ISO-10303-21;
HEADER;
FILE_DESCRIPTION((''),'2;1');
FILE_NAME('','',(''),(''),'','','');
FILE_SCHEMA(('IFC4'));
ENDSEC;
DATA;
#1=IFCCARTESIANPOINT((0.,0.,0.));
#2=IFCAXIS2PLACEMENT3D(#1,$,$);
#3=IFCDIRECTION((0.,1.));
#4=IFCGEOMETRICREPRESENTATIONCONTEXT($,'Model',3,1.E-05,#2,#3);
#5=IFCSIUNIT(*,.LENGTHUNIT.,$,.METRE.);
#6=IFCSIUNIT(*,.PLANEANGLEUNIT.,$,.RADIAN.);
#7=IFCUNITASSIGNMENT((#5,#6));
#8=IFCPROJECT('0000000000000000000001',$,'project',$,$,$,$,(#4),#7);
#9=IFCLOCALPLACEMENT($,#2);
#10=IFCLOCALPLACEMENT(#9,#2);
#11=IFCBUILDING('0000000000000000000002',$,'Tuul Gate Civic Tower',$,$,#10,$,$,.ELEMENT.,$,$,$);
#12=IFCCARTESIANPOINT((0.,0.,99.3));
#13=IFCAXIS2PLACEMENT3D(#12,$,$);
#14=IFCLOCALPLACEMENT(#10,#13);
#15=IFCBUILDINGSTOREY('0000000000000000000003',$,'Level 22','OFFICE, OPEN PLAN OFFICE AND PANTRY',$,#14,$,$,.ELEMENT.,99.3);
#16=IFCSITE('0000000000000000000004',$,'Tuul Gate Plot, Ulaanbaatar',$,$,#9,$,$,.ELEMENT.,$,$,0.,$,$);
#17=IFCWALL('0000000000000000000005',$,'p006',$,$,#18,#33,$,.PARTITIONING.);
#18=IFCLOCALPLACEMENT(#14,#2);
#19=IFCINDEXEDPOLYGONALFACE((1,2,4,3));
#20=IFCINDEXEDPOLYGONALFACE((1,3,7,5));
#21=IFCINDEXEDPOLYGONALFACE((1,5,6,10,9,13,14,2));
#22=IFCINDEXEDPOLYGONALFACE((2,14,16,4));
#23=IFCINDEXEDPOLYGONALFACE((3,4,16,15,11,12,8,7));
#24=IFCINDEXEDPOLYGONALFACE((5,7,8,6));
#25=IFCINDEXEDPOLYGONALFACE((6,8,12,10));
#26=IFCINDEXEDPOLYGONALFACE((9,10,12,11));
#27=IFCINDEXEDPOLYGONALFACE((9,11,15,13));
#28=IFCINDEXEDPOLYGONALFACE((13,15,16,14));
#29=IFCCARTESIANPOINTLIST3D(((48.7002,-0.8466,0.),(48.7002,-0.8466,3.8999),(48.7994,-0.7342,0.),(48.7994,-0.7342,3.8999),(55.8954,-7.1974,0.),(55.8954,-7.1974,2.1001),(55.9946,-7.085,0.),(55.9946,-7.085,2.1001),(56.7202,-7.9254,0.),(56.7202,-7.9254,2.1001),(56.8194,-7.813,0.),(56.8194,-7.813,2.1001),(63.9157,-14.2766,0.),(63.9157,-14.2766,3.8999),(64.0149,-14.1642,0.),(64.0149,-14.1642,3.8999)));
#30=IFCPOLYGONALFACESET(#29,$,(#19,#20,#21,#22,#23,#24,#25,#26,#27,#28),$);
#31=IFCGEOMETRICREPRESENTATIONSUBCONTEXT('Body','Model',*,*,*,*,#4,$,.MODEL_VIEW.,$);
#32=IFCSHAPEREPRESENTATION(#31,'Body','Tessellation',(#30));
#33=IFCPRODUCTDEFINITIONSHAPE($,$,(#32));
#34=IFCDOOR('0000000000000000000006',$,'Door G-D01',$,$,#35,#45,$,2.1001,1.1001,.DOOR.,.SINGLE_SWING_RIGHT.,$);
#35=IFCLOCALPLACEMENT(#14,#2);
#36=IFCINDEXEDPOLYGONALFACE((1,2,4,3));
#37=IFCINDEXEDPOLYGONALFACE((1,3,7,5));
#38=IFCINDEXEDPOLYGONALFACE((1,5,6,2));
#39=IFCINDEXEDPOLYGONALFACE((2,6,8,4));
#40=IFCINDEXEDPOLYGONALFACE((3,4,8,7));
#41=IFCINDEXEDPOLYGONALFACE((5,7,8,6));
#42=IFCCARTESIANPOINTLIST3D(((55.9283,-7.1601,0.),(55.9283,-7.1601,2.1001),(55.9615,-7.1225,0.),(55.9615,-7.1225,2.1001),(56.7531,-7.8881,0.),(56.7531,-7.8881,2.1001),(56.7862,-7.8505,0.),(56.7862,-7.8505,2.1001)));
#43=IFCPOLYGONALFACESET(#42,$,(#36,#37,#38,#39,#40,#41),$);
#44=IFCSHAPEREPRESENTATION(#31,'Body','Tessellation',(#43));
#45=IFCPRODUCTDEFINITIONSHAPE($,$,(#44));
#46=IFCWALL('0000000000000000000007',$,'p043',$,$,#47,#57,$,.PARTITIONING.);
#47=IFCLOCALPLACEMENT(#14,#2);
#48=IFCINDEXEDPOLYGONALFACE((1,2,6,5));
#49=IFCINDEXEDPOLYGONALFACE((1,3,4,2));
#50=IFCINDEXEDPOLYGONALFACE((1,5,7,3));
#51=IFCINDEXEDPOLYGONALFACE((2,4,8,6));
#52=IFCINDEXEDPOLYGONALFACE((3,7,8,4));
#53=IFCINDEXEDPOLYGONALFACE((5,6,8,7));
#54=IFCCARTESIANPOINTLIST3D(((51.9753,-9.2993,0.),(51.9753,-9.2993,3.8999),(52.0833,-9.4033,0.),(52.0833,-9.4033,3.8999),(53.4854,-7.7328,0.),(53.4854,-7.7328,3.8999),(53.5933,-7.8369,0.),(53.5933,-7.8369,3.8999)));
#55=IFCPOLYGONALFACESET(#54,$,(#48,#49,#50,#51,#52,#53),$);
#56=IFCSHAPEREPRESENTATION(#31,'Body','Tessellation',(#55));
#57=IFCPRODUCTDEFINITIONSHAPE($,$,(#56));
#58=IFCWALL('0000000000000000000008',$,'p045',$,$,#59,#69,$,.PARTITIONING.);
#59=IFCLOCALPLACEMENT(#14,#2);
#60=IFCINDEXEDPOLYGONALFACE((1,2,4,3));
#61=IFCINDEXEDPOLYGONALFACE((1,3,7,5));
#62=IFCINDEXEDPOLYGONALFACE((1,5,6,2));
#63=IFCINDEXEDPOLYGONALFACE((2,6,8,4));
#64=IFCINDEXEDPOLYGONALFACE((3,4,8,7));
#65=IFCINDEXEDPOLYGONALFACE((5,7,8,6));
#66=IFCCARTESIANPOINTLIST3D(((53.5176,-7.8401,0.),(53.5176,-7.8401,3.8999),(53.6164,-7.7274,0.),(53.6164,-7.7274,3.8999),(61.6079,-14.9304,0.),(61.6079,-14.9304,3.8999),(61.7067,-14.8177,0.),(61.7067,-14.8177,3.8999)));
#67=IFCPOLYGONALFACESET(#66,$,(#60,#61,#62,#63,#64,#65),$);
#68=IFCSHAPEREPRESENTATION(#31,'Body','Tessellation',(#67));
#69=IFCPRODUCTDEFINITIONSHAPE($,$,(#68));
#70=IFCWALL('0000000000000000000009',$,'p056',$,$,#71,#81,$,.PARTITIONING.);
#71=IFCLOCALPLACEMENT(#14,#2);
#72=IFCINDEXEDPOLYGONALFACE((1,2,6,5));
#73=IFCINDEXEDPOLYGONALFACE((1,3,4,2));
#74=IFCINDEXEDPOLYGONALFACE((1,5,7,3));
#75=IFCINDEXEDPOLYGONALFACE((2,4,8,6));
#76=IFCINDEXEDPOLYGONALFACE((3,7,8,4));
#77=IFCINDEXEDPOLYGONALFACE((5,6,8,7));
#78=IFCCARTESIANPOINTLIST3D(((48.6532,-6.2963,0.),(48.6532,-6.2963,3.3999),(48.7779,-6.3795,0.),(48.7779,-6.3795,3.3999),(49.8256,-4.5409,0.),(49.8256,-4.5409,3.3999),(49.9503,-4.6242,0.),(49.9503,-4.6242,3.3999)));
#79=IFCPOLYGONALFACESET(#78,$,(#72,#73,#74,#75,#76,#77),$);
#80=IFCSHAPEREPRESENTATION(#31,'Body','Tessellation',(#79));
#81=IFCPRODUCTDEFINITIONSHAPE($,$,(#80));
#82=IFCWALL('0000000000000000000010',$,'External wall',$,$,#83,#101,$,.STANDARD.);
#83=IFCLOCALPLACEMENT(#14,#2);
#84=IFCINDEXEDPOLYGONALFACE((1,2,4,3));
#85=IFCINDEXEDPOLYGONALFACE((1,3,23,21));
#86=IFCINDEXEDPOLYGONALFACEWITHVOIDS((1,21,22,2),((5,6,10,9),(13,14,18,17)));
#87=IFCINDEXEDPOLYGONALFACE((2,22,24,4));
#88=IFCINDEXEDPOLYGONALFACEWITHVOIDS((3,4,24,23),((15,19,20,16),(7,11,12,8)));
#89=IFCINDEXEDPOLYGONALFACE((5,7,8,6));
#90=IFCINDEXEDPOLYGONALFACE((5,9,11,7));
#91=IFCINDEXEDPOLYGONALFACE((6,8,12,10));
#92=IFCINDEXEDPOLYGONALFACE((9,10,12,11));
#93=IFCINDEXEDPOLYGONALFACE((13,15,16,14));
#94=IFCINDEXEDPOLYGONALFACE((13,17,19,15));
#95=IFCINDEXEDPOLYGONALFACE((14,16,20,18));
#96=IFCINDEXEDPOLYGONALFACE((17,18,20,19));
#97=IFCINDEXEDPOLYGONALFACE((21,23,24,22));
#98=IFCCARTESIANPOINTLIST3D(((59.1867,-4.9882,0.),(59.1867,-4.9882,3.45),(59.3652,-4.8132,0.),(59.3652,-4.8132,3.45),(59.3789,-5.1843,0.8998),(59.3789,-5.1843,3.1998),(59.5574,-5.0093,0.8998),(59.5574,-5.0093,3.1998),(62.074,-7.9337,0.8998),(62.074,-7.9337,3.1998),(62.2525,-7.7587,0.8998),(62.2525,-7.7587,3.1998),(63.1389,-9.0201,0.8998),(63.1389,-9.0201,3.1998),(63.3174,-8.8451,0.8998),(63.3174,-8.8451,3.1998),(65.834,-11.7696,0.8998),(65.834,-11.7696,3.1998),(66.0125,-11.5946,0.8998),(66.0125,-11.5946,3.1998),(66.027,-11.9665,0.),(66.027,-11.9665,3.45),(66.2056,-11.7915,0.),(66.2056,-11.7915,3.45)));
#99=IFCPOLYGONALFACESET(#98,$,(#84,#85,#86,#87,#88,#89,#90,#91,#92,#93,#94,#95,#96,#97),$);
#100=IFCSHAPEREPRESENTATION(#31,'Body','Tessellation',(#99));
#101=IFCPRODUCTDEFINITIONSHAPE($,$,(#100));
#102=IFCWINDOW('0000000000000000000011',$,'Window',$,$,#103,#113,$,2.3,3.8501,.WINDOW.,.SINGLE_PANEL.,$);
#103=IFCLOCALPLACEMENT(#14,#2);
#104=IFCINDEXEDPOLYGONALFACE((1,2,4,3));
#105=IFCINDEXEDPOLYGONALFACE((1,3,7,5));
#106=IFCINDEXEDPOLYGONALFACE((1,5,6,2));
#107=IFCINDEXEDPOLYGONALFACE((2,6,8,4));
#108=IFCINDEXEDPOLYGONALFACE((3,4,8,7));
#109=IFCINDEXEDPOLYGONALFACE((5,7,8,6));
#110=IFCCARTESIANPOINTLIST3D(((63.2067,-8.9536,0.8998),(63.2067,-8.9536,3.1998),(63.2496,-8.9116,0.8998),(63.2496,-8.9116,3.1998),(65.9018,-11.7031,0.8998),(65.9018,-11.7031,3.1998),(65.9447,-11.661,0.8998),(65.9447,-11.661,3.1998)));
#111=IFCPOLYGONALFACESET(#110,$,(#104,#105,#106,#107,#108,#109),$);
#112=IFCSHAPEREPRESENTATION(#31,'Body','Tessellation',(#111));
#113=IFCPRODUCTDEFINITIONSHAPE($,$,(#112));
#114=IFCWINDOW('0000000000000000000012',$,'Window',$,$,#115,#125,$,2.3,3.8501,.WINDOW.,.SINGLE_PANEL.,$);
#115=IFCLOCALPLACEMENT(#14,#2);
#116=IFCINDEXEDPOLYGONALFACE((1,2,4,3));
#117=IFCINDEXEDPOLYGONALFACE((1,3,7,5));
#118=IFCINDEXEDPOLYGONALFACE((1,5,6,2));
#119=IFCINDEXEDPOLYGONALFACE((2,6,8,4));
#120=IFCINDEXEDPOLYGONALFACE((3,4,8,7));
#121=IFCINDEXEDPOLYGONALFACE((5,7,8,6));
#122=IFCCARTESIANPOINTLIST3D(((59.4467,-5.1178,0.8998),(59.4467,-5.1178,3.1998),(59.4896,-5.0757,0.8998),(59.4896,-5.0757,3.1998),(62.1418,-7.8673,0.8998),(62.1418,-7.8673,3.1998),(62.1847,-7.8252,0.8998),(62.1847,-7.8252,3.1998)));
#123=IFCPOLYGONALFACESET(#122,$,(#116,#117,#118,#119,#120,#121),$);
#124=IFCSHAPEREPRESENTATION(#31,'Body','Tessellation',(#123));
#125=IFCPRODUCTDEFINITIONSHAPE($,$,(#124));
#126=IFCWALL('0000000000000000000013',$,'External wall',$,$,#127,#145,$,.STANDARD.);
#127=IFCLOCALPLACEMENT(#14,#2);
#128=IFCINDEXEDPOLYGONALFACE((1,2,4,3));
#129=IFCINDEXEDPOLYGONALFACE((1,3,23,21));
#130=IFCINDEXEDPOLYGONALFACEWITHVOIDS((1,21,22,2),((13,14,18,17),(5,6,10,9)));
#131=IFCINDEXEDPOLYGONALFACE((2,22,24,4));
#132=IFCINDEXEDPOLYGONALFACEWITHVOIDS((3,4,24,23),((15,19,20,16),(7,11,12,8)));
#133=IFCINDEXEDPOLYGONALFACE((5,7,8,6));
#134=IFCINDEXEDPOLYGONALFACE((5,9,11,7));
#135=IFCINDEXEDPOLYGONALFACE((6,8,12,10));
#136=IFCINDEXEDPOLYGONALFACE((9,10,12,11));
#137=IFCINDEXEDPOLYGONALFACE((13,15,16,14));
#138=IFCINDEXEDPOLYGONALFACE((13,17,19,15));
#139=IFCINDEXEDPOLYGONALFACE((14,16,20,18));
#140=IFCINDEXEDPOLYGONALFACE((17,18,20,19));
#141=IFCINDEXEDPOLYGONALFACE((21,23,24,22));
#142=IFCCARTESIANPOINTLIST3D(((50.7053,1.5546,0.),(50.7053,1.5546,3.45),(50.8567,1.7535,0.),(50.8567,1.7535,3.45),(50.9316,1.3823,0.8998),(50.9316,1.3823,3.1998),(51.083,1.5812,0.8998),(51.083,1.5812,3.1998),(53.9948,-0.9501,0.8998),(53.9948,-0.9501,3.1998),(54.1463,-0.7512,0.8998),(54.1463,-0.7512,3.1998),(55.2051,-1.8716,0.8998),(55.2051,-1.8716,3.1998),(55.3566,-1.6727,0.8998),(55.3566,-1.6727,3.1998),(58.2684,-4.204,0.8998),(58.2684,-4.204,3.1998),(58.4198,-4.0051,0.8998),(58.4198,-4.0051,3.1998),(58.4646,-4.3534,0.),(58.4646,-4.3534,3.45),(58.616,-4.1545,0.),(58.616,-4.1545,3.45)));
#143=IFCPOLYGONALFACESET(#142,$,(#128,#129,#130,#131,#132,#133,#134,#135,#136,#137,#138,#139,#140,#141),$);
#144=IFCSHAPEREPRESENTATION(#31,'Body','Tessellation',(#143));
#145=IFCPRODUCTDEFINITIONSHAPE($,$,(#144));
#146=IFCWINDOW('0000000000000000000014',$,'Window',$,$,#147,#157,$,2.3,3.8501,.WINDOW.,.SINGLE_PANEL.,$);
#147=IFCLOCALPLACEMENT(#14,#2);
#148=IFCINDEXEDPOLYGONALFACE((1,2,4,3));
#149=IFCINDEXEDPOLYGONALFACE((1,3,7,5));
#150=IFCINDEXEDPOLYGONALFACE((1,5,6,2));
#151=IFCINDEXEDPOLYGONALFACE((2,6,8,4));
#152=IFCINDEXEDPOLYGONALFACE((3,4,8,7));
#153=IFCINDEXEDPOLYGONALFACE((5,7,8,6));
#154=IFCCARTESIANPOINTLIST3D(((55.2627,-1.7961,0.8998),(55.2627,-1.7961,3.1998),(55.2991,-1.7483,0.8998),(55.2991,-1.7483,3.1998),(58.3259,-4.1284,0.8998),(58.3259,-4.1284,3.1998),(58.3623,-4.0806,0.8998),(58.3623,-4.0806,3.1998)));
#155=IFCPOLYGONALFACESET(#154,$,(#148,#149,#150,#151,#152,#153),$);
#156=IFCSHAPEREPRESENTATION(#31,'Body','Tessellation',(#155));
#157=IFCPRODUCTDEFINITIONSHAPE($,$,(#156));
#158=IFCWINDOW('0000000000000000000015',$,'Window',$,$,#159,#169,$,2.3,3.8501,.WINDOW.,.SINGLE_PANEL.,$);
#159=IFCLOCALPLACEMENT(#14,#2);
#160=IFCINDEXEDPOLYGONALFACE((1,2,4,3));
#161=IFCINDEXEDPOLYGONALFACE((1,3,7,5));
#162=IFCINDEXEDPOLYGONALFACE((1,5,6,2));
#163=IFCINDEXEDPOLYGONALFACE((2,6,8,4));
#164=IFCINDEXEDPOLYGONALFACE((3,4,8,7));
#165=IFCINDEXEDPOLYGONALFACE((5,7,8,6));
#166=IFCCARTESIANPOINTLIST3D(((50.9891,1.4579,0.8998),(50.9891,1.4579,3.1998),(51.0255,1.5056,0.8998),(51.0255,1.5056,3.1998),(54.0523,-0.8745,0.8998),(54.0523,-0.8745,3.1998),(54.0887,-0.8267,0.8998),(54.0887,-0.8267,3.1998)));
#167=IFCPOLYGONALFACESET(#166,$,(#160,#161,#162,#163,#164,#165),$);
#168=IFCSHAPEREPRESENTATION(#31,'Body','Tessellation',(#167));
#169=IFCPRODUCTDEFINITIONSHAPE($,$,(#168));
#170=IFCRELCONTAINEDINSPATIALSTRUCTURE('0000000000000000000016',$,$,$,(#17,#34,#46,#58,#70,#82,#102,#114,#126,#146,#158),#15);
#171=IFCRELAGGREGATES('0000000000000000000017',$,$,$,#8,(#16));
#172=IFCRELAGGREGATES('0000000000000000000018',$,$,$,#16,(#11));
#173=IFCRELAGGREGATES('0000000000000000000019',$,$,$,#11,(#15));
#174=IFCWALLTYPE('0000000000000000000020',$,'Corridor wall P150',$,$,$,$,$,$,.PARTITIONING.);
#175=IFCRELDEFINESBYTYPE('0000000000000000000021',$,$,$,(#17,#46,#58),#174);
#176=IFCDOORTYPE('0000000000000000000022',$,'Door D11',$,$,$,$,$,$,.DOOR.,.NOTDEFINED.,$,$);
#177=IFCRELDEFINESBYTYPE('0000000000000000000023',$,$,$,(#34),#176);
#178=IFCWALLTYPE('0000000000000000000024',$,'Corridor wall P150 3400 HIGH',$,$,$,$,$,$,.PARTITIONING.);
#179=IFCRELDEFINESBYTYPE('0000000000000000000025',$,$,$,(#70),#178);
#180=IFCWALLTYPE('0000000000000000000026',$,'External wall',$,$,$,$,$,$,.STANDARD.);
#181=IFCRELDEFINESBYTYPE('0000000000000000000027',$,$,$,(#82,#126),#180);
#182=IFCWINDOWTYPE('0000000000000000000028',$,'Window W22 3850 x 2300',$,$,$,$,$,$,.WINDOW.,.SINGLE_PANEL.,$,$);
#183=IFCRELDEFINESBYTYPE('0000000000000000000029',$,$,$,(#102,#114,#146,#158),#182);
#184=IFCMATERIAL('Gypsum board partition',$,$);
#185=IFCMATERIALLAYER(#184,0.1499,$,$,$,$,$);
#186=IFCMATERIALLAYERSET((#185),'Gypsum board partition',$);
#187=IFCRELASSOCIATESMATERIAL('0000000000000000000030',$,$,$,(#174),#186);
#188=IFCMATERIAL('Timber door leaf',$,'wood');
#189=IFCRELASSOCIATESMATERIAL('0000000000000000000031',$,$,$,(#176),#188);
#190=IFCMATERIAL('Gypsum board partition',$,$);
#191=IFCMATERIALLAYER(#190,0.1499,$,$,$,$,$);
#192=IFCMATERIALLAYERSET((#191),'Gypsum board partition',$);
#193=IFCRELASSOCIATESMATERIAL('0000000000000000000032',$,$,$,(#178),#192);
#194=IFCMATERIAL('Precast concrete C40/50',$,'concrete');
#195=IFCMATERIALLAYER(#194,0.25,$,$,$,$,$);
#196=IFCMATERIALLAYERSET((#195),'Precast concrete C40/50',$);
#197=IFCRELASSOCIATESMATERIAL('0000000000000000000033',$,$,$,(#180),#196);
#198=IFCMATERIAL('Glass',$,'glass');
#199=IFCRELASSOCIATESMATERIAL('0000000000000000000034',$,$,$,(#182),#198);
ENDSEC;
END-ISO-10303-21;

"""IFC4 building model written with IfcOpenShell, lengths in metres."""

from ifc_helpers import new_model, si_unit, direction, frame, frame_2d, origin, place, context, subcontext, project, spatial, rectangle, extrude, material, layer, layer_set, type_object, element, fill, save


model = new_model("IFC4")

# Units and contexts
model_context = context("Model", 3, precision=1e-05, world=origin(), true_north=direction((0.0, 1.0)))
body_context = subcontext(model_context, "Body", "Model", "MODEL_VIEW")
ifc_project = project(units=[si_unit("LENGTHUNIT", "METRE"), si_unit("PLANEANGLEUNIT", "RADIAN")], contexts=[model_context])

# Site, building, storey
site_placement = place(None, origin())
site = spatial("IfcSite", under=ifc_project, at=site_placement, Name="Tuul Gate Plot, Ulaanbaatar", CompositionType="ELEMENT", RefElevation=0.0)
building_placement = place(site_placement, origin())
building = spatial("IfcBuilding", under=site, at=building_placement, Name="Tuul Gate Civic Tower", CompositionType="ELEMENT")
storey_placement = place(building_placement, frame((0.0, 0.0, 99.3)))
storey = spatial("IfcBuildingStorey", under=building, at=storey_placement, Name="Level 22", Description="OFFICE, OPEN PLAN OFFICE AND PANTRY", CompositionType="ELEMENT", Elevation=99.3)

# Shared definitions
ifc_material_1 = material(Name="Gypsum board partition")
ifc_layer_1 = layer(ifc_material_1, 0.1499)
ifc_layer_set_1 = layer_set([ifc_layer_1], Name="Gypsum board partition")
wall_type_1 = type_object("IfcWallType", Name="Corridor wall P150", PredefinedType="PARTITIONING", material=ifc_layer_set_1)

# Wall, opening, door
wall_1_placement = place(storey_placement, frame((48.7498, -0.7903, 0.0), z_axis=(0.0, 0.0, 1.0), x_axis=(0.749724, -0.66175, 0.0)))
wall_1 = element("IfcWall", 1, at=wall_1_placement, inside=storey, type_object=wall_type_1, Name="p006", PredefinedType="PARTITIONING", context=body_context, shape_type="SweptSolid", body=[
    extrude(rectangle(XDim=20.2947, YDim=0.1499, at=frame_2d((10.1475, 0.0))), origin(), (0.0, 0.0, 1.0), 3.8999),
])
opening_1_placement = place(wall_1_placement, frame((9.5972, 0.0, 0.0)))
opening_1 = element("IfcOpeningElement", 2, at=opening_1_placement, cuts=wall_1, PredefinedType="OPENING", context=body_context, shape_type="SweptSolid", body=[
    extrude(rectangle(XDim=1.1001, YDim=2.1001, at=frame_2d((0.55, 1.05))), frame((0.0, 0.085, 0.0), z_axis=(0.0, -1.0, 0.0), x_axis=(1.0, 0.0, 0.0)), (0.0, 0.0, 1.0), 0.1699),
])
ifc_material_2 = material(Name="Timber door leaf", Category="wood")
door_type_1 = type_object("IfcDoorType", Name="Door D11", OperationType="NOTDEFINED", PredefinedType="DOOR", material=ifc_material_2)
door_1_placement = place(opening_1_placement, origin())
door_1 = element("IfcDoor", 3, at=door_1_placement, inside=storey, type_object=door_type_1, Name="Door G-D01", OperationType="SINGLE_SWING_RIGHT", OverallHeight=2.1001, OverallWidth=1.1001, PredefinedType="DOOR", context=body_context, shape_type="SweptSolid", body=[
    extrude(rectangle(XDim=1.1001, YDim=2.1001, at=frame_2d((0.55, 1.05))), frame((0.0, 0.0249, 0.0), z_axis=(0.0, -1.0, 0.0), x_axis=(1.0, 0.0, 0.0)), (0.0, 0.0, 1.0), 0.05),
])
fill(opening_1, door_1)

# Walls
wall_2_placement = place(storey_placement, frame((52.0293, -9.3513, 0.0), z_axis=(0.0, 0.0, 1.0), x_axis=(0.694028, 0.719948, 0.0)))
element("IfcWall", 4, at=wall_2_placement, inside=storey, type_object=wall_type_1, Name="p043", PredefinedType="PARTITIONING", context=body_context, shape_type="SweptSolid", body=[
    extrude(rectangle(XDim=2.1758, YDim=0.1499, at=frame_2d((1.0879, 0.0))), origin(), (0.0, 0.0, 1.0), 3.8999),
])
wall_3_placement = place(storey_placement, frame((53.5669, -7.7837, 0.0), z_axis=(0.0, 0.0, 1.0), x_axis=(0.752056, -0.659099, 0.0)))
element("IfcWall", 5, at=wall_3_placement, inside=storey, type_object=wall_type_1, Name="p045", PredefinedType="PARTITIONING", context=body_context, shape_type="SweptSolid", body=[
    extrude(rectangle(XDim=10.7576, YDim=0.1499, at=frame_2d((5.3789, 0.0))), origin(), (0.0, 0.0, 1.0), 3.8999),
])
ifc_material_3 = material(Name="Gypsum board partition")
ifc_layer_2 = layer(ifc_material_3, 0.1499)
ifc_layer_set_2 = layer_set([ifc_layer_2], Name="Gypsum board partition")
wall_type_2 = type_object("IfcWallType", Name="Corridor wall P150 3400 HIGH", PredefinedType="PARTITIONING", material=ifc_layer_set_2)
wall_4_placement = place(storey_placement, frame((48.7156, -6.3379, 0.0), z_axis=(0.0, 0.0, 1.0), x_axis=(0.555394, 0.831587, 0.0)))
element("IfcWall", 6, at=wall_4_placement, inside=storey, type_object=wall_type_2, Name="p056", PredefinedType="PARTITIONING", context=body_context, shape_type="SweptSolid", body=[
    extrude(rectangle(XDim=2.1108, YDim=0.1499, at=frame_2d((1.0554, 0.0))), origin(), (0.0, 0.0, 1.0), 3.3999),
])

# Walls, openings, windows
ifc_material_4 = material(Name="Precast concrete C40/50", Category="concrete")
ifc_layer_3 = layer(ifc_material_4, 0.25)
ifc_layer_set_3 = layer_set([ifc_layer_3], Name="Precast concrete C40/50")
wall_type_3 = type_object("IfcWallType", Name="External wall", PredefinedType="STANDARD", material=ifc_layer_set_3)
wall_5_placement = place(storey_placement, frame((66.1162, -11.8789, 0.0), z_axis=(0.0, 0.0, 1.0), x_axis=(-0.700013, 0.71413, 0.0)))
wall_5 = element("IfcWall", 7, at=wall_5_placement, inside=storey, type_object=wall_type_3, Name="External wall", PredefinedType="STANDARD", context=body_context, shape_type="SweptSolid", body=[
    extrude(rectangle(XDim=9.7717, YDim=0.25, at=frame_2d((4.8857, 0.0))), origin(), (0.0, 0.0, 1.0), 3.45),
])
opening_2_placement = place(wall_5_placement, frame((0.2756, 0.0, 0.8999)))
opening_2 = element("IfcOpeningElement", 8, at=opening_2_placement, cuts=wall_5, PredefinedType="OPENING", context=body_context, shape_type="SweptSolid", body=[
    extrude(rectangle(XDim=3.8501, YDim=2.3, at=frame_2d((1.925, 1.1499))), frame((0.0, 0.135, 0.0), z_axis=(0.0, -1.0, 0.0), x_axis=(1.0, 0.0, 0.0)), (0.0, 0.0, 1.0), 0.27),
])
opening_3_placement = place(wall_5_placement, frame((5.647, 0.0, 0.8999)))
opening_3 = element("IfcOpeningElement", 9, at=opening_3_placement, cuts=wall_5, PredefinedType="OPENING", context=body_context, shape_type="SweptSolid", body=[
    extrude(rectangle(XDim=3.8501, YDim=2.3, at=frame_2d((1.925, 1.1499))), frame((0.0, 0.135, 0.0), z_axis=(0.0, -1.0, 0.0), x_axis=(1.0, 0.0, 0.0)), (0.0, 0.0, 1.0), 0.27),
])
ifc_material_5 = material(Name="Glass", Category="glass")
window_type = type_object("IfcWindowType", Name="Window W22 3850 x 2300", PartitioningType="SINGLE_PANEL", PredefinedType="WINDOW", material=ifc_material_5)
window_1_placement = place(opening_2_placement, origin())
window_1 = element("IfcWindow", 10, at=window_1_placement, inside=storey, type_object=window_type, Name="Window", OverallHeight=2.3, OverallWidth=3.8501, PartitioningType="SINGLE_PANEL", PredefinedType="WINDOW", context=body_context, shape_type="SweptSolid", body=[
    extrude(rectangle(XDim=3.8501, YDim=2.3, at=frame_2d((1.925, 1.1499))), frame((0.0, 0.03, 0.0), z_axis=(0.0, -1.0, 0.0), x_axis=(1.0, 0.0, 0.0)), (0.0, 0.0, 1.0), 0.0601),
])
fill(opening_2, window_1)
window_2_placement = place(opening_3_placement, origin())
window_2 = element("IfcWindow", 11, at=window_2_placement, inside=storey, type_object=window_type, Name="Window", OverallHeight=2.3, OverallWidth=3.8501, PartitioningType="SINGLE_PANEL", PredefinedType="WINDOW", context=body_context, shape_type="SweptSolid", body=[
    extrude(rectangle(XDim=3.8501, YDim=2.3, at=frame_2d((1.925, 1.1499))), frame((0.0, 0.03, 0.0), z_axis=(0.0, -1.0, 0.0), x_axis=(1.0, 0.0, 0.0)), (0.0, 0.0, 1.0), 0.0601),
])
fill(opening_3, window_2)
wall_6_placement = place(storey_placement, frame((58.5403, -4.2539, 0.0), z_axis=(0.0, 0.0, 1.0), x_axis=(-0.795623, 0.605792, 0.0)))
wall_6 = element("IfcWall", 12, at=wall_6_placement, inside=storey, type_object=wall_type_3, Name="External wall", PredefinedType="STANDARD", context=body_context, shape_type="SweptSolid", body=[
    extrude(rectangle(XDim=9.7524, YDim=0.25, at=frame_2d((4.8762, 0.0))), origin(), (0.0, 0.0, 1.0), 3.45),
])
opening_4_placement = place(wall_6_placement, frame((0.2466, 0.0, 0.8999)))
opening_4 = element("IfcOpeningElement", 13, at=opening_4_placement, cuts=wall_6, PredefinedType="OPENING", context=body_context, shape_type="SweptSolid", body=[
    extrude(rectangle(XDim=3.8501, YDim=2.3, at=frame_2d((1.925, 1.1499))), frame((0.0, 0.135, 0.0), z_axis=(0.0, -1.0, 0.0), x_axis=(1.0, 0.0, 0.0)), (0.0, 0.0, 1.0), 0.27),
])
opening_5_placement = place(wall_6_placement, frame((5.6179, 0.0, 0.8999)))
opening_5 = element("IfcOpeningElement", 14, at=opening_5_placement, cuts=wall_6, PredefinedType="OPENING", context=body_context, shape_type="SweptSolid", body=[
    extrude(rectangle(XDim=3.8501, YDim=2.3, at=frame_2d((1.925, 1.1499))), frame((0.0, 0.135, 0.0), z_axis=(0.0, -1.0, 0.0), x_axis=(1.0, 0.0, 0.0)), (0.0, 0.0, 1.0), 0.27),
])
window_3_placement = place(opening_4_placement, origin())
window_3 = element("IfcWindow", 15, at=window_3_placement, inside=storey, type_object=window_type, Name="Window", OverallHeight=2.3, OverallWidth=3.8501, PartitioningType="SINGLE_PANEL", PredefinedType="WINDOW", context=body_context, shape_type="SweptSolid", body=[
    extrude(rectangle(XDim=3.8501, YDim=2.3, at=frame_2d((1.925, 1.1499))), frame((0.0, 0.03, 0.0), z_axis=(0.0, -1.0, 0.0), x_axis=(1.0, 0.0, 0.0)), (0.0, 0.0, 1.0), 0.0601),
])
fill(opening_4, window_3)
window_4_placement = place(opening_5_placement, origin())
window_4 = element("IfcWindow", 16, at=window_4_placement, inside=storey, type_object=window_type, Name="Window", OverallHeight=2.3, OverallWidth=3.8501, PartitioningType="SINGLE_PANEL", PredefinedType="WINDOW", context=body_context, shape_type="SweptSolid", body=[
    extrude(rectangle(XDim=3.8501, YDim=2.3, at=frame_2d((1.925, 1.1499))), frame((0.0, 0.03, 0.0), z_axis=(0.0, -1.0, 0.0), x_axis=(1.0, 0.0, 0.0)), (0.0, 0.0, 1.0), 0.0601),
])
fill(opening_5, window_4)

save(model, "model.ifc")
